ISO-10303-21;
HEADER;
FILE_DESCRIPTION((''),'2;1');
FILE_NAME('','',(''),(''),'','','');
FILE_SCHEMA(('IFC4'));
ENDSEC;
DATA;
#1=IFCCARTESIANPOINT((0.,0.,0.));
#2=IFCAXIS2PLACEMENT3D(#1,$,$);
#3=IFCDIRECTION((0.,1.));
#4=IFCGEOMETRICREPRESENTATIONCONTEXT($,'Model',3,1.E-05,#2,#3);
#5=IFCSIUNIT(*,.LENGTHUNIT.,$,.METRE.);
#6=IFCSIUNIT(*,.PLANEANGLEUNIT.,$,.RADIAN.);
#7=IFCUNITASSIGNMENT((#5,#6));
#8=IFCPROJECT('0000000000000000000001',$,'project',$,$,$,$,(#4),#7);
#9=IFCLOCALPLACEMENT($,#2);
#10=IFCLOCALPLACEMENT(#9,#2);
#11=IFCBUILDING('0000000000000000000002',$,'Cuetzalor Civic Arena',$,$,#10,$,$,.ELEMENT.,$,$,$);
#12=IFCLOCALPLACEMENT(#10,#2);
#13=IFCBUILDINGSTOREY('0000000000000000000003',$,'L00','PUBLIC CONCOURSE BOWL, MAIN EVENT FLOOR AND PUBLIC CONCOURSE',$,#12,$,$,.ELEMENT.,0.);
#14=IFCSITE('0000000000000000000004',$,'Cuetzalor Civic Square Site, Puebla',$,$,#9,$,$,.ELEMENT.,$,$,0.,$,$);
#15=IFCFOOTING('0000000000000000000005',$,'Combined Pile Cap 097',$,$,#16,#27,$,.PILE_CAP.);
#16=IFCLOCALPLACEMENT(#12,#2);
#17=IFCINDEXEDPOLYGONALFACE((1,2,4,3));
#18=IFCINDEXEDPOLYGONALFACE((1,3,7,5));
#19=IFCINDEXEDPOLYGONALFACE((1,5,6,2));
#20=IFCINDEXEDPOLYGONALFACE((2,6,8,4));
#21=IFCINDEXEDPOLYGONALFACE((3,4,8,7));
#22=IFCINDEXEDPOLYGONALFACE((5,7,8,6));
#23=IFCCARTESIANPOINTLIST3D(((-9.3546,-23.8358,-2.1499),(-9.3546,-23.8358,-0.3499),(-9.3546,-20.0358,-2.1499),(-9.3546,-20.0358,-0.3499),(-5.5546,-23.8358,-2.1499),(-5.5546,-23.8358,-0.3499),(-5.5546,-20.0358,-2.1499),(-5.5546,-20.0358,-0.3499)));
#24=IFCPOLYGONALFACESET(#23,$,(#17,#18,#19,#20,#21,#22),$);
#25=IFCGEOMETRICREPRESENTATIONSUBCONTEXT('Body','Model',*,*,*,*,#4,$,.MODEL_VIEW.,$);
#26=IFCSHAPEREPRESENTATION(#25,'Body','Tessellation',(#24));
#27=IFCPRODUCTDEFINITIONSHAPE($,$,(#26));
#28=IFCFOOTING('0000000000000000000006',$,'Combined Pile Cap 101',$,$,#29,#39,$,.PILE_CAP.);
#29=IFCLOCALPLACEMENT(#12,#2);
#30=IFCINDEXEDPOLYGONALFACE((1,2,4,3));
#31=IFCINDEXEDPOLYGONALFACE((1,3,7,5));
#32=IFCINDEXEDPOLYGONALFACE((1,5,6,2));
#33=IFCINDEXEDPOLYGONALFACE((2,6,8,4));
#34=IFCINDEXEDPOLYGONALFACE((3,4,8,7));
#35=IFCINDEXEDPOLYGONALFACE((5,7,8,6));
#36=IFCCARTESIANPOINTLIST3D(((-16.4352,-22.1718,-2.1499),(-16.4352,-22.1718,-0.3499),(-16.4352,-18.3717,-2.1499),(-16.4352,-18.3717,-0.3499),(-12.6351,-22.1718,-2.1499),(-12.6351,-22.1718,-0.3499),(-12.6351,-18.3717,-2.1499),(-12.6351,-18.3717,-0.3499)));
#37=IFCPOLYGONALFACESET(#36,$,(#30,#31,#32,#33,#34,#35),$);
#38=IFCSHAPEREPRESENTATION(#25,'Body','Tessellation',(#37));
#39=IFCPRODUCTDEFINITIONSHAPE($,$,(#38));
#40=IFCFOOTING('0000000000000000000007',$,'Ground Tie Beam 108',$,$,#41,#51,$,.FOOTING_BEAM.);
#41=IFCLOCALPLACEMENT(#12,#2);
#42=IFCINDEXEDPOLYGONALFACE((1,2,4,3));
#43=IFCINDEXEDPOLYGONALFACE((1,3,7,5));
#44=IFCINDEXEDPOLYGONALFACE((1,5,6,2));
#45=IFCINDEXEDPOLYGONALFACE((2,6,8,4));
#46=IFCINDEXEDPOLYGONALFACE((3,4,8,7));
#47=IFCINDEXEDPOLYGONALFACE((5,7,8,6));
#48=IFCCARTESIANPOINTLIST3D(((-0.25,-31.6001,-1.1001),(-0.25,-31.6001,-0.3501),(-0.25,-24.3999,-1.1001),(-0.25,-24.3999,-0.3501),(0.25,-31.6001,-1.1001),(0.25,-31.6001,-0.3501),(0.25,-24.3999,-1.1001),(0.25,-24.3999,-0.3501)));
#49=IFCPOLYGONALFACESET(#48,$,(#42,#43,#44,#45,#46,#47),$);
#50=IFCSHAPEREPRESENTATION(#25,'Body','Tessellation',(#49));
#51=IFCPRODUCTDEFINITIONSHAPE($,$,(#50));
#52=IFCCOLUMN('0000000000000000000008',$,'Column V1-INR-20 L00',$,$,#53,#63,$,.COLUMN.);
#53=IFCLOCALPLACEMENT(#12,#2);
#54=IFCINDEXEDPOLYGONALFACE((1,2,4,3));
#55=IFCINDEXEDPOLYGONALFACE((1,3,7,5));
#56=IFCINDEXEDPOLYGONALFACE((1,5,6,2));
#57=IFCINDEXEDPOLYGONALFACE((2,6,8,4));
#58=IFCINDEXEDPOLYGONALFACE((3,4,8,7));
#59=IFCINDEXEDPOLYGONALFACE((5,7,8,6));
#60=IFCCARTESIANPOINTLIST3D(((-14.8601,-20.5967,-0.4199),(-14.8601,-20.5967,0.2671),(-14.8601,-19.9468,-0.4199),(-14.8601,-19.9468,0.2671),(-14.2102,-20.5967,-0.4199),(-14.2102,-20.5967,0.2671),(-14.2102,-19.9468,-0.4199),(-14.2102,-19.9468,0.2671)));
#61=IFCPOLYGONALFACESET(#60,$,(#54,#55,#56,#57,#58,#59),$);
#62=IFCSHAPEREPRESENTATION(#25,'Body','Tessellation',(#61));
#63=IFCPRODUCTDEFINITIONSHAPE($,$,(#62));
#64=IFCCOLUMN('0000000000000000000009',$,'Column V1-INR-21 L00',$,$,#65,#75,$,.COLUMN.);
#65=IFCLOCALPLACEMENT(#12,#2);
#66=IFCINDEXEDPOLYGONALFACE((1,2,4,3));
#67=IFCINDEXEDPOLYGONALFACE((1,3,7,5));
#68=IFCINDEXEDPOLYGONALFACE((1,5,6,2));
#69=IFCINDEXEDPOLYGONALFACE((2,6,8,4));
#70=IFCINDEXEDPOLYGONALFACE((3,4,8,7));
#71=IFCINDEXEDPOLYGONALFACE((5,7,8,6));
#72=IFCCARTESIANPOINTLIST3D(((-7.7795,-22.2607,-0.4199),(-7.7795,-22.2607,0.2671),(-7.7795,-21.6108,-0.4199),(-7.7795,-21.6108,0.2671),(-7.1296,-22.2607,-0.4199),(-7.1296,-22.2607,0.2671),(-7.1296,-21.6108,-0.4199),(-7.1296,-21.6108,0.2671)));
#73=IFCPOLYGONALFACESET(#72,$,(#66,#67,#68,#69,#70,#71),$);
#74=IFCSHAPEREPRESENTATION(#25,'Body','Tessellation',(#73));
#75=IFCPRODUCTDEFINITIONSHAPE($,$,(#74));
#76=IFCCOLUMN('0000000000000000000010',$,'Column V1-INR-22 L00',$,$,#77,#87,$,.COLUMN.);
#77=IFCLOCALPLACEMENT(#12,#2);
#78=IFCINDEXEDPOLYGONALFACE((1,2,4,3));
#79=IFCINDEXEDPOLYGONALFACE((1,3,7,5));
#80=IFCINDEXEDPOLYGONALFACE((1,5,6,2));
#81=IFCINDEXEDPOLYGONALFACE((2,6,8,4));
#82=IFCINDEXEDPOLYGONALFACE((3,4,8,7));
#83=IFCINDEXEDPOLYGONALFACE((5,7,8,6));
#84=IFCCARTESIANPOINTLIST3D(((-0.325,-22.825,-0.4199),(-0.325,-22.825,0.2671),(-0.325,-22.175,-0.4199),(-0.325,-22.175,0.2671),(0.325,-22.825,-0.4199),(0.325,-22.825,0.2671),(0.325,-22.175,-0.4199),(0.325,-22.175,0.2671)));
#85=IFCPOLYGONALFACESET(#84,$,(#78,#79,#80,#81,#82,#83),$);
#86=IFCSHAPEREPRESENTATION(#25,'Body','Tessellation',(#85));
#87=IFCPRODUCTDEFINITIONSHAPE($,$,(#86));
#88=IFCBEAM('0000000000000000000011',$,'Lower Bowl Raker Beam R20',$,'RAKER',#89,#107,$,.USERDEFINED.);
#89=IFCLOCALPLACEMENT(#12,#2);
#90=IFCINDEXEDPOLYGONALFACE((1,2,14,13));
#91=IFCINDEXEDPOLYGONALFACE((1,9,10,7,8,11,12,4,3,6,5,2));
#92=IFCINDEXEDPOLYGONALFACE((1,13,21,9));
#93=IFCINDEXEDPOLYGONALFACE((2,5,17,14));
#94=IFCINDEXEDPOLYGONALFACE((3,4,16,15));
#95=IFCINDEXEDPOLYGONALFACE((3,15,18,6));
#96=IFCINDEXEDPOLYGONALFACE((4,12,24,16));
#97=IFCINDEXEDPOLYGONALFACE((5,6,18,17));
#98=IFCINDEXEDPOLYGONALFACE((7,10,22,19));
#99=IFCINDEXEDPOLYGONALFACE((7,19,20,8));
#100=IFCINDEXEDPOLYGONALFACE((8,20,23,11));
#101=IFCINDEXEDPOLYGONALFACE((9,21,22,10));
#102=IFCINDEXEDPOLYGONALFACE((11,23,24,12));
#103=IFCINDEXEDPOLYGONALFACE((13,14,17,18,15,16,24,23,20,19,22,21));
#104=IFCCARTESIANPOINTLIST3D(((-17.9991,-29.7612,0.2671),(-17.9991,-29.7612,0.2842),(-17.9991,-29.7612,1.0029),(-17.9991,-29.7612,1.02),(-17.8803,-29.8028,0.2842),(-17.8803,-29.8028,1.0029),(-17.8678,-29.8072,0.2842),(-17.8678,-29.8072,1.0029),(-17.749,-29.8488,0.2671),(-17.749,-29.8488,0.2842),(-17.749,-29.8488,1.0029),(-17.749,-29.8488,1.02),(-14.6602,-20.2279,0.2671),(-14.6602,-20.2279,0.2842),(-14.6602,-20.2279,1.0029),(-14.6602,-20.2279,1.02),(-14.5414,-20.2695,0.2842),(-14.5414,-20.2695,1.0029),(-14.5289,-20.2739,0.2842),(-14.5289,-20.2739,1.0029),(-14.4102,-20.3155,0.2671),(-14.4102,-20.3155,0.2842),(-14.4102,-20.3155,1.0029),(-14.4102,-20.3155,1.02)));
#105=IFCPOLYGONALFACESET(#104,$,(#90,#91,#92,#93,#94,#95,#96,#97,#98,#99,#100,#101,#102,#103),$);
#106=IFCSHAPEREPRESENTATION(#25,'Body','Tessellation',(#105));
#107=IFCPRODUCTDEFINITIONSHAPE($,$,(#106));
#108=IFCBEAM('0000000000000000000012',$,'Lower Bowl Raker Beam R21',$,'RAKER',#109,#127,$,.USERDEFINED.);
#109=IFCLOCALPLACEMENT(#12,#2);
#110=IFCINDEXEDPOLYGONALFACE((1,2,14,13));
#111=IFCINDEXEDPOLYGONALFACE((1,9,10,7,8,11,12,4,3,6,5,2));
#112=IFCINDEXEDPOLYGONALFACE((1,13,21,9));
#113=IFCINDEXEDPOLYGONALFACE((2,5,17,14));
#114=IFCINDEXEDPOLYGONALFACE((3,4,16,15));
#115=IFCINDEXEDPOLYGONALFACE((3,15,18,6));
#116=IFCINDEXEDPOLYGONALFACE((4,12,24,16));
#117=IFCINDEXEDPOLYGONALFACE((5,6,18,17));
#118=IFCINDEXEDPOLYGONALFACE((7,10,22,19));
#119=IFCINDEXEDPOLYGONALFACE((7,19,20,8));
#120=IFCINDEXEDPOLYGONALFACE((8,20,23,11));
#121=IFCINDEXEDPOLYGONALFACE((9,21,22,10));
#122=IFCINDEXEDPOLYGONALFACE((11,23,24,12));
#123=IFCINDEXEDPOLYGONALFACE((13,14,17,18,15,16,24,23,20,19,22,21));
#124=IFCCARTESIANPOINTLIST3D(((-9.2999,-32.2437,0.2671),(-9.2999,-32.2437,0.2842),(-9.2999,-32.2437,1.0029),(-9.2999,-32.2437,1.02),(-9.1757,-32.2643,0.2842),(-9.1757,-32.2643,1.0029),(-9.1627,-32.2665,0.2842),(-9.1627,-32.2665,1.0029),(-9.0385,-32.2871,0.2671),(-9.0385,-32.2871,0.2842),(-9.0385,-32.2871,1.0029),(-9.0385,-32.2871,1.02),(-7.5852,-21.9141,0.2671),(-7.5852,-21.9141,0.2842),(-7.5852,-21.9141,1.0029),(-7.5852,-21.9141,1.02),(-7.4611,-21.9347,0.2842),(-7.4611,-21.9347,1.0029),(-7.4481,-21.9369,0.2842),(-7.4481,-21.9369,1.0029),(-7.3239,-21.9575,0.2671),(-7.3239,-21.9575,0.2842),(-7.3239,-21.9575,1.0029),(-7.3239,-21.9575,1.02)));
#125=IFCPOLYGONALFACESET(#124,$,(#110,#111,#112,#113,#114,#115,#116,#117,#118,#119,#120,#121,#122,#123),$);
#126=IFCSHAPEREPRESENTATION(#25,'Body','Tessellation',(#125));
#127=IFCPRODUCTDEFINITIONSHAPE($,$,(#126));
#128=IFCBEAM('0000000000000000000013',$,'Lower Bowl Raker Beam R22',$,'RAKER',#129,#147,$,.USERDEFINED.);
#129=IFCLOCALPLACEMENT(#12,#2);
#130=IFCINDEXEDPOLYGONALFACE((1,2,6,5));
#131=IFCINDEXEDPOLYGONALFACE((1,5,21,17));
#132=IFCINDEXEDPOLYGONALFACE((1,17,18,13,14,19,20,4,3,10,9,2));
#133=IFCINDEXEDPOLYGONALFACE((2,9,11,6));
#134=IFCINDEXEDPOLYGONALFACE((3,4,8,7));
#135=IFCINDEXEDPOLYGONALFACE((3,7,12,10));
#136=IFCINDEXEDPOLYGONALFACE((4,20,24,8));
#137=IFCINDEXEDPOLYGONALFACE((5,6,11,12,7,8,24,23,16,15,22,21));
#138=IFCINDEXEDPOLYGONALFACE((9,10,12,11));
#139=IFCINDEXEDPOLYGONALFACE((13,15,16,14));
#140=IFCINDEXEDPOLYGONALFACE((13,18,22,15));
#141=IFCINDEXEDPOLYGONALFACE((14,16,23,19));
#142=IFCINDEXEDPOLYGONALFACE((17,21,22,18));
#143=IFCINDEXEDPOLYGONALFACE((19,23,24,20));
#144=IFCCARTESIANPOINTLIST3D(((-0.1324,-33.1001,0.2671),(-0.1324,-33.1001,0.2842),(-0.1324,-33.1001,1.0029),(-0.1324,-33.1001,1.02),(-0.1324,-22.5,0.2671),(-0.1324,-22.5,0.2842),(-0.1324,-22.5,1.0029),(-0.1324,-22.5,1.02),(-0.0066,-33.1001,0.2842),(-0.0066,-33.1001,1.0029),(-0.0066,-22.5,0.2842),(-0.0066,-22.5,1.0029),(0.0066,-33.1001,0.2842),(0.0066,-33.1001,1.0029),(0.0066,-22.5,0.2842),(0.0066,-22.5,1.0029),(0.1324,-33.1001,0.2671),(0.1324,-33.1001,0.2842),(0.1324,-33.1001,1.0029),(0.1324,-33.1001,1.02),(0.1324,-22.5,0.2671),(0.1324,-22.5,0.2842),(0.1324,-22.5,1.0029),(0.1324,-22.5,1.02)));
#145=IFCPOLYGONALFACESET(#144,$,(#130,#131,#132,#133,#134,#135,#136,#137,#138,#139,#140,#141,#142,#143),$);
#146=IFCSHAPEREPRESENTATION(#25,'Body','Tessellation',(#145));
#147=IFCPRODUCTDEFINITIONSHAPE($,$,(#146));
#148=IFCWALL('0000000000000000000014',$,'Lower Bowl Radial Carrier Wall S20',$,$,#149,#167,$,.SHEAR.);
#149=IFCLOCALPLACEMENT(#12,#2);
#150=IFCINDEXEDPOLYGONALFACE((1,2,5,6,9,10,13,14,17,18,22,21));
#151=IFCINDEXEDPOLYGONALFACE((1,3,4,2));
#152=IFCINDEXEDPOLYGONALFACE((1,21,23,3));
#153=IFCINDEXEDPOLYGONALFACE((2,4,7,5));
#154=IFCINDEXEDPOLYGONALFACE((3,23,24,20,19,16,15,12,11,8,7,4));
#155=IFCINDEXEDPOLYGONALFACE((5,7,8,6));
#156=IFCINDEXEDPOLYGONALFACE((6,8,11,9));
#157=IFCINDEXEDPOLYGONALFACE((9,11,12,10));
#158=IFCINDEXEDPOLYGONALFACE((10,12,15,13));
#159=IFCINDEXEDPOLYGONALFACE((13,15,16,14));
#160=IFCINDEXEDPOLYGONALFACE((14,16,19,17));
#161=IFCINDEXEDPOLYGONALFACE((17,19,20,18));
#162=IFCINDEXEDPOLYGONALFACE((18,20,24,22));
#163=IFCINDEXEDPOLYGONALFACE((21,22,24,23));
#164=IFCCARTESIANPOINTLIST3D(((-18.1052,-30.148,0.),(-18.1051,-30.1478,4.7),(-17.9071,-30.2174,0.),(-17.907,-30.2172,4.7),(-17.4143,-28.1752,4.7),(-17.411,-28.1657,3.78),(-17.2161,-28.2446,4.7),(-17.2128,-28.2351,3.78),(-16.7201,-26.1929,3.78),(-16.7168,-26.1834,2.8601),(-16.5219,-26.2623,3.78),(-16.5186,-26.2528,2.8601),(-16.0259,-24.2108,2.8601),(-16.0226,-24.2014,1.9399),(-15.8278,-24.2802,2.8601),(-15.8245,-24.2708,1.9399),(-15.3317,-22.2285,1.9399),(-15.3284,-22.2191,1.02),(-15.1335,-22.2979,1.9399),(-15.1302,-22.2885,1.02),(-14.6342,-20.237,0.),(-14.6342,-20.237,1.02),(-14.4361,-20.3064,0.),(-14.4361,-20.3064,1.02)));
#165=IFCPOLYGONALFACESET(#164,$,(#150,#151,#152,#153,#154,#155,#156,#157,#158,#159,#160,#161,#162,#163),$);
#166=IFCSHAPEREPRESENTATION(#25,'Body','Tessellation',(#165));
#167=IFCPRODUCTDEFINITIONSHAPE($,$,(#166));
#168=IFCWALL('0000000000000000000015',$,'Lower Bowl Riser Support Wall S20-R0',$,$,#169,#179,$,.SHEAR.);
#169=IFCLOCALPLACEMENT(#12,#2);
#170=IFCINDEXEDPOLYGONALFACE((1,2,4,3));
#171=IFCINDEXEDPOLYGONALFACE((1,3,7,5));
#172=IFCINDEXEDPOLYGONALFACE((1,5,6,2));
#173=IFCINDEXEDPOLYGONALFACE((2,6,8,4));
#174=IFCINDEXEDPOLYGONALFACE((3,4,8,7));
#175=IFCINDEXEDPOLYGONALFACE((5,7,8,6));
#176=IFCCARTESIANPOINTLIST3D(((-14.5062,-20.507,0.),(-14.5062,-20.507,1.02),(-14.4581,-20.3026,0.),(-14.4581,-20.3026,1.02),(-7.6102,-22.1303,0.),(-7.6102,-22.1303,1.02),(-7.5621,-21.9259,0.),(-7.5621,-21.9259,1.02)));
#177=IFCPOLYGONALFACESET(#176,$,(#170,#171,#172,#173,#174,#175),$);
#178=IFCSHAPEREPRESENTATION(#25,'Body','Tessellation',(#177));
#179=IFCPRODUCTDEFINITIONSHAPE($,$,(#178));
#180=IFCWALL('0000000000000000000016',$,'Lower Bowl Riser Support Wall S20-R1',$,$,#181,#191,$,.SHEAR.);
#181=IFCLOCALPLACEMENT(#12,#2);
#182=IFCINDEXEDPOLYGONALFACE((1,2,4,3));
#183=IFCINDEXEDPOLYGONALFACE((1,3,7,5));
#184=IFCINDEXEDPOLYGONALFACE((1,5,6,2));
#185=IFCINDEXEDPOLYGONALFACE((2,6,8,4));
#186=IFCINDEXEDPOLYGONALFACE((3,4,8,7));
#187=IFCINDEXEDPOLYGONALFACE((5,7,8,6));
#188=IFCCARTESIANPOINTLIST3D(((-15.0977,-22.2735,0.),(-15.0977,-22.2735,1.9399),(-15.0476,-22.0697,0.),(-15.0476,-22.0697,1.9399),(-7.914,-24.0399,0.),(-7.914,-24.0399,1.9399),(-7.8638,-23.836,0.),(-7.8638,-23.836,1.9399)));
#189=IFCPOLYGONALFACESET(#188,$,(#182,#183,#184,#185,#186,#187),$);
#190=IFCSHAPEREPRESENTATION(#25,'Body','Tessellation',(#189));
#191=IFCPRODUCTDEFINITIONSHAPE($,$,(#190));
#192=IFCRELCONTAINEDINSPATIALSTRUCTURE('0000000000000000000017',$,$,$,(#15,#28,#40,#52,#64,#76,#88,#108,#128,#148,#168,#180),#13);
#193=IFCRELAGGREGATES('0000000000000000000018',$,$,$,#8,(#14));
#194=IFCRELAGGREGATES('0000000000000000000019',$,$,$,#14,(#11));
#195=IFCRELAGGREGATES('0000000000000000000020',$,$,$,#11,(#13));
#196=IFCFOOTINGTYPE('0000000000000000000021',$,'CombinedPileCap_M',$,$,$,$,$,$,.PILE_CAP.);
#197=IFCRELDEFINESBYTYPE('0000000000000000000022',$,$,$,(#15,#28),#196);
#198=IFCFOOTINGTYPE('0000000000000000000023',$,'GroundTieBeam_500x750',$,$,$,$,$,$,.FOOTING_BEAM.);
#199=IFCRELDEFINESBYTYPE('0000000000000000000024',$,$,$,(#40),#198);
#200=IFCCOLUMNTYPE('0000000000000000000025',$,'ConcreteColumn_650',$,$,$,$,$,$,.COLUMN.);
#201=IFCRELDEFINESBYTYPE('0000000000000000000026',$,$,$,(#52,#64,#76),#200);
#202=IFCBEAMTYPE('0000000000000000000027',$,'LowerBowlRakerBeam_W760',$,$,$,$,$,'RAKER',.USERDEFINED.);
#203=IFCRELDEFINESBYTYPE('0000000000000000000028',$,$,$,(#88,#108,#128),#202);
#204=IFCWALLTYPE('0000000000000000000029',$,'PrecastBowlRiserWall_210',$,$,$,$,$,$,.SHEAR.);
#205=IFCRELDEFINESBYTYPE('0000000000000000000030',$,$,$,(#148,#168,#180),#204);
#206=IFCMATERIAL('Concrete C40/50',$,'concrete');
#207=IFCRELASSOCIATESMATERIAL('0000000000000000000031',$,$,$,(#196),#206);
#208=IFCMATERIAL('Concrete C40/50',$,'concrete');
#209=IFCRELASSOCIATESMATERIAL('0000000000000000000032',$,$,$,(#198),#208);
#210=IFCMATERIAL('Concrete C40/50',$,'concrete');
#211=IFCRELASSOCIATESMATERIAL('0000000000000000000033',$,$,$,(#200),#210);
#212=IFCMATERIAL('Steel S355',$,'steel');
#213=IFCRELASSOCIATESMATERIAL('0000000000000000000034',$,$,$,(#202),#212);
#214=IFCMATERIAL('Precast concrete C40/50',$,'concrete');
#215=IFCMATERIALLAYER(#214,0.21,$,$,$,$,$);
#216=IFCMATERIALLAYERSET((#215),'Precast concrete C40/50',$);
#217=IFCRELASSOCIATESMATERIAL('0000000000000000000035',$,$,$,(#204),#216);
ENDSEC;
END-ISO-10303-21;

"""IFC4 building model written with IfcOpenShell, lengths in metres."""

from ifc_helpers import new_model, si_unit, direction, frame, frame_2d, origin, origin_2d, place, context, subcontext, project, spatial, polyline, rectangle, i_section, outline, extrude, material, layer, layer_set, material_profile, profile_set, type_object, element, save


model = new_model("IFC4")

# Units and contexts
model_context = context("Model", 3, precision=1e-05, world=origin(), true_north=direction((0.0, 1.0)))
body_context = subcontext(model_context, "Body", "Model", "MODEL_VIEW")
ifc_project = project(units=[si_unit("LENGTHUNIT", "METRE"), si_unit("PLANEANGLEUNIT", "RADIAN")], contexts=[model_context])

# Site, building, storey
site_placement = place(None, origin())
site = spatial("IfcSite", under=ifc_project, at=site_placement, Name="Cuetzalor Civic Square Site, Puebla", CompositionType="ELEMENT", RefElevation=0.0)
building_placement = place(site_placement, origin())
building = spatial("IfcBuilding", under=site, at=building_placement, Name="Cuetzalor Civic Arena", CompositionType="ELEMENT")
storey_placement = place(building_placement, origin())
storey = spatial("IfcBuildingStorey", under=building, at=storey_placement, Name="L00", Description="PUBLIC CONCOURSE BOWL, MAIN EVENT FLOOR AND PUBLIC CONCOURSE", CompositionType="ELEMENT", Elevation=0.0)

# Footings
ifc_material_1 = material(Name="Concrete C40/50", Category="concrete")
footing_type_1 = type_object("IfcFootingType", Name="CombinedPileCap_M", PredefinedType="PILE_CAP", material=ifc_material_1)
for number, where, z_axis, x_axis, name in (
    (1, (-7.4546, -21.9358, -2.1499), (0.0, 0.0, 1.0), (1.0, 0.0, 0.0), "Combined Pile Cap 097"),
    (2, (-14.5352, -20.2717, -2.1499), (0.0, 0.0, 1.0), (1.0, 0.0, 0.0), "Combined Pile Cap 101"),
):
    element("IfcFooting", number, at=place(storey_placement, frame(where, z_axis=z_axis, x_axis=x_axis)), inside=storey, type_object=footing_type_1, Name=name, PredefinedType="PILE_CAP", context=body_context, shape_type="SweptSolid", body=[
        extrude(rectangle(XDim=3.8, YDim=3.8, at=origin_2d()), origin(), (0.0, 0.0, 1.0), 1.8),
    ])
ifc_material_2 = material(Name="Concrete C40/50", Category="concrete")
ifc_material_profile_1 = material_profile(ifc_material_2, rectangle(XDim=0.5, YDim=0.75, at=origin_2d()), Name="RC 500x750")
ifc_profile_set_1 = profile_set([ifc_material_profile_1], Name="Concrete C40/50")
footing_type_2 = type_object("IfcFootingType", Name="GroundTieBeam_500x750", PredefinedType="FOOTING_BEAM", material=ifc_profile_set_1)
footing_placement = place(storey_placement, frame((0.0, -31.6001, -0.7251), z_axis=(0.0, 1.0, 0.0), x_axis=(-1.0, 0.0, 0.0)))
element("IfcFooting", 3, at=footing_placement, inside=storey, type_object=footing_type_2, Name="Ground Tie Beam 108", PredefinedType="FOOTING_BEAM", context=body_context, shape_type="SweptSolid", body=[
    extrude(rectangle(XDim=0.5, YDim=0.75, at=origin_2d()), origin(), (0.0, 0.0, 1.0), 7.2002),
])

# Columns
ifc_material_3 = material(Name="Concrete C40/50", Category="concrete")
ifc_material_profile_2 = material_profile(ifc_material_3, rectangle(XDim=0.6499, YDim=0.6499, at=origin_2d()), Name="RC 650x650")
ifc_profile_set_2 = profile_set([ifc_material_profile_2], Name="Concrete C40/50")
column_type = type_object("IfcColumnType", Name="ConcreteColumn_650", PredefinedType="COLUMN", material=ifc_profile_set_2)
for number, where, z_axis, x_axis, name in (
    (4, (-14.5352, -20.2717, -0.4199), (0.0, 0.0, 1.0), (1.0, 0.0, 0.0), "Column V1-INR-20 L00"),
    (5, (-7.4546, -21.9358, -0.4199), (0.0, 0.0, 1.0), (1.0, 0.0, 0.0), "Column V1-INR-21 L00"),
    (6, (0.0, -22.5, -0.4199), (0.0, 0.0, 1.0), (1.0, 0.0, 0.0), "Column V1-INR-22 L00"),
):
    element("IfcColumn", number, at=place(storey_placement, frame(where, z_axis=z_axis, x_axis=x_axis)), inside=storey, type_object=column_type, Name=name, PredefinedType="COLUMN", context=body_context, shape_type="SweptSolid", body=[
        extrude(rectangle(XDim=0.6499, YDim=0.6499, at=origin_2d()), origin(), (0.0, 0.0, 1.0), 0.687),
    ])

# Beams
ifc_material_4 = material(Name="Steel S355", Category="steel")
ifc_material_profile_3 = material_profile(ifc_material_4, i_section(OverallWidth=0.2649, OverallDepth=0.7529, WebThickness=0.0132, FlangeThickness=0.0171, at=origin_2d()), Name="W760x147")
ifc_profile_set_3 = profile_set([ifc_material_profile_3], Name="Steel S355")
beam_type = type_object("IfcBeamType", Name="LowerBowlRakerBeam_W760", ElementType="RAKER", PredefinedType="USERDEFINED", material=ifc_profile_set_3)
beam_1_placement = place(storey_placement, frame((-14.5352, -20.2717, 0.6436), z_axis=(-0.330549, -0.943789, 0.0), x_axis=(0.943789, -0.330549, 0.0)))
element("IfcBeam", 7, at=beam_1_placement, inside=storey, type_object=beam_type, Name="Lower Bowl Raker Beam R20", ObjectType="RAKER", PredefinedType="USERDEFINED", context=body_context, shape_type="SweptSolid", body=[
    extrude(i_section(OverallWidth=0.2649, OverallDepth=0.7529, WebThickness=0.0132, FlangeThickness=0.0171, at=origin_2d()), origin(), (0.0, 0.0, 1.0), 10.1011),
])
beam_2_placement = place(storey_placement, frame((-7.4546, -21.9358, 0.6436), z_axis=(-0.163749, -0.986502, 0.0), x_axis=(0.986502, -0.163749, 0.0)))
element("IfcBeam", 8, at=beam_2_placement, inside=storey, type_object=beam_type, Name="Lower Bowl Raker Beam R21", ObjectType="RAKER", PredefinedType="USERDEFINED", context=body_context, shape_type="SweptSolid", body=[
    extrude(i_section(OverallWidth=0.2649, OverallDepth=0.7529, WebThickness=0.0132, FlangeThickness=0.0171, at=origin_2d()), origin(), (0.0, 0.0, 1.0), 10.4709),
])
beam_3_placement = place(storey_placement, frame((0.0, -22.5, 0.6436), z_axis=(0.0, -1.0, 0.0), x_axis=(1.0, 0.0, 0.0)))
element("IfcBeam", 9, at=beam_3_placement, inside=storey, type_object=beam_type, Name="Lower Bowl Raker Beam R22", ObjectType="RAKER", PredefinedType="USERDEFINED", context=body_context, shape_type="SweptSolid", body=[
    extrude(i_section(OverallWidth=0.2649, OverallDepth=0.7529, WebThickness=0.0132, FlangeThickness=0.0171, at=origin_2d()), origin(), (0.0, 0.0, 1.0), 10.6001),
])

# Walls
ifc_material_5 = material(Name="Precast concrete C40/50", Category="concrete")
ifc_layer = layer(ifc_material_5, 0.21)
ifc_layer_set = layer_set([ifc_layer], Name="Precast concrete C40/50")
wall_type = type_object("IfcWallType", Name="PrecastBowlRiserWall_210", PredefinedType="SHEAR", material=ifc_layer_set)
wall_1_placement = place(storey_placement, frame((-14.5352, -20.2717, 0.0), z_axis=(0.0, 0.0, 1.0), x_axis=(-0.330532, -0.943795, 0.0)))
element("IfcWall", 10, at=wall_1_placement, inside=storey, type_object=wall_type, Name="Lower Bowl Radial Carrier Wall S20", PredefinedType="SHEAR", context=body_context, shape_type="SweptSolid", body=[
    extrude(outline(polyline([(0.0, 0.0), (10.5012, 0.0), (10.501, 4.7), (8.4109, 4.7), (8.4009, 3.78), (6.3105, 3.78), (6.3005, 2.8601), (4.2104, 2.8601), (4.2004, 1.9399), (2.1101, 1.9399), (2.1001, 1.02), (0.0, 1.02), (0.0, 0.0)])), frame((0.0, 0.105, 0.0), z_axis=(0.0, -1.0, 0.0), x_axis=(1.0, 0.0, 0.0)), (0.0, 0.0, 1.0), 0.21),
])
wall_2_placement = place(storey_placement, frame((-14.4822, -20.4048, 0.0), z_axis=(0.0, 0.0, 1.0), x_axis=(0.973395, -0.229133, 0.0)))
element("IfcWall", 11, at=wall_2_placement, inside=storey, type_object=wall_type, Name="Lower Bowl Riser Support Wall S20-R0", PredefinedType="SHEAR", context=body_context, shape_type="SweptSolid", body=[
    extrude(rectangle(XDim=7.0845, YDim=0.21, at=frame_2d((3.5422, 0.0))), origin(), (0.0, 0.0, 1.0), 1.02),
])
wall_3_placement = place(storey_placement, frame((-15.0725, -22.1716, 0.0), z_axis=(0.0, 0.0, 1.0), x_axis=(0.971077, -0.238768, 0.0)))
element("IfcWall", 12, at=wall_3_placement, inside=storey, type_object=wall_type, Name="Lower Bowl Riser Support Wall S20-R1", PredefinedType="SHEAR", context=body_context, shape_type="SweptSolid", body=[
    extrude(rectangle(XDim=7.3977, YDim=0.21, at=frame_2d((3.6987, 0.0))), origin(), (0.0, 0.0, 1.0), 1.9399),
])

save(model, "model.ifc")
